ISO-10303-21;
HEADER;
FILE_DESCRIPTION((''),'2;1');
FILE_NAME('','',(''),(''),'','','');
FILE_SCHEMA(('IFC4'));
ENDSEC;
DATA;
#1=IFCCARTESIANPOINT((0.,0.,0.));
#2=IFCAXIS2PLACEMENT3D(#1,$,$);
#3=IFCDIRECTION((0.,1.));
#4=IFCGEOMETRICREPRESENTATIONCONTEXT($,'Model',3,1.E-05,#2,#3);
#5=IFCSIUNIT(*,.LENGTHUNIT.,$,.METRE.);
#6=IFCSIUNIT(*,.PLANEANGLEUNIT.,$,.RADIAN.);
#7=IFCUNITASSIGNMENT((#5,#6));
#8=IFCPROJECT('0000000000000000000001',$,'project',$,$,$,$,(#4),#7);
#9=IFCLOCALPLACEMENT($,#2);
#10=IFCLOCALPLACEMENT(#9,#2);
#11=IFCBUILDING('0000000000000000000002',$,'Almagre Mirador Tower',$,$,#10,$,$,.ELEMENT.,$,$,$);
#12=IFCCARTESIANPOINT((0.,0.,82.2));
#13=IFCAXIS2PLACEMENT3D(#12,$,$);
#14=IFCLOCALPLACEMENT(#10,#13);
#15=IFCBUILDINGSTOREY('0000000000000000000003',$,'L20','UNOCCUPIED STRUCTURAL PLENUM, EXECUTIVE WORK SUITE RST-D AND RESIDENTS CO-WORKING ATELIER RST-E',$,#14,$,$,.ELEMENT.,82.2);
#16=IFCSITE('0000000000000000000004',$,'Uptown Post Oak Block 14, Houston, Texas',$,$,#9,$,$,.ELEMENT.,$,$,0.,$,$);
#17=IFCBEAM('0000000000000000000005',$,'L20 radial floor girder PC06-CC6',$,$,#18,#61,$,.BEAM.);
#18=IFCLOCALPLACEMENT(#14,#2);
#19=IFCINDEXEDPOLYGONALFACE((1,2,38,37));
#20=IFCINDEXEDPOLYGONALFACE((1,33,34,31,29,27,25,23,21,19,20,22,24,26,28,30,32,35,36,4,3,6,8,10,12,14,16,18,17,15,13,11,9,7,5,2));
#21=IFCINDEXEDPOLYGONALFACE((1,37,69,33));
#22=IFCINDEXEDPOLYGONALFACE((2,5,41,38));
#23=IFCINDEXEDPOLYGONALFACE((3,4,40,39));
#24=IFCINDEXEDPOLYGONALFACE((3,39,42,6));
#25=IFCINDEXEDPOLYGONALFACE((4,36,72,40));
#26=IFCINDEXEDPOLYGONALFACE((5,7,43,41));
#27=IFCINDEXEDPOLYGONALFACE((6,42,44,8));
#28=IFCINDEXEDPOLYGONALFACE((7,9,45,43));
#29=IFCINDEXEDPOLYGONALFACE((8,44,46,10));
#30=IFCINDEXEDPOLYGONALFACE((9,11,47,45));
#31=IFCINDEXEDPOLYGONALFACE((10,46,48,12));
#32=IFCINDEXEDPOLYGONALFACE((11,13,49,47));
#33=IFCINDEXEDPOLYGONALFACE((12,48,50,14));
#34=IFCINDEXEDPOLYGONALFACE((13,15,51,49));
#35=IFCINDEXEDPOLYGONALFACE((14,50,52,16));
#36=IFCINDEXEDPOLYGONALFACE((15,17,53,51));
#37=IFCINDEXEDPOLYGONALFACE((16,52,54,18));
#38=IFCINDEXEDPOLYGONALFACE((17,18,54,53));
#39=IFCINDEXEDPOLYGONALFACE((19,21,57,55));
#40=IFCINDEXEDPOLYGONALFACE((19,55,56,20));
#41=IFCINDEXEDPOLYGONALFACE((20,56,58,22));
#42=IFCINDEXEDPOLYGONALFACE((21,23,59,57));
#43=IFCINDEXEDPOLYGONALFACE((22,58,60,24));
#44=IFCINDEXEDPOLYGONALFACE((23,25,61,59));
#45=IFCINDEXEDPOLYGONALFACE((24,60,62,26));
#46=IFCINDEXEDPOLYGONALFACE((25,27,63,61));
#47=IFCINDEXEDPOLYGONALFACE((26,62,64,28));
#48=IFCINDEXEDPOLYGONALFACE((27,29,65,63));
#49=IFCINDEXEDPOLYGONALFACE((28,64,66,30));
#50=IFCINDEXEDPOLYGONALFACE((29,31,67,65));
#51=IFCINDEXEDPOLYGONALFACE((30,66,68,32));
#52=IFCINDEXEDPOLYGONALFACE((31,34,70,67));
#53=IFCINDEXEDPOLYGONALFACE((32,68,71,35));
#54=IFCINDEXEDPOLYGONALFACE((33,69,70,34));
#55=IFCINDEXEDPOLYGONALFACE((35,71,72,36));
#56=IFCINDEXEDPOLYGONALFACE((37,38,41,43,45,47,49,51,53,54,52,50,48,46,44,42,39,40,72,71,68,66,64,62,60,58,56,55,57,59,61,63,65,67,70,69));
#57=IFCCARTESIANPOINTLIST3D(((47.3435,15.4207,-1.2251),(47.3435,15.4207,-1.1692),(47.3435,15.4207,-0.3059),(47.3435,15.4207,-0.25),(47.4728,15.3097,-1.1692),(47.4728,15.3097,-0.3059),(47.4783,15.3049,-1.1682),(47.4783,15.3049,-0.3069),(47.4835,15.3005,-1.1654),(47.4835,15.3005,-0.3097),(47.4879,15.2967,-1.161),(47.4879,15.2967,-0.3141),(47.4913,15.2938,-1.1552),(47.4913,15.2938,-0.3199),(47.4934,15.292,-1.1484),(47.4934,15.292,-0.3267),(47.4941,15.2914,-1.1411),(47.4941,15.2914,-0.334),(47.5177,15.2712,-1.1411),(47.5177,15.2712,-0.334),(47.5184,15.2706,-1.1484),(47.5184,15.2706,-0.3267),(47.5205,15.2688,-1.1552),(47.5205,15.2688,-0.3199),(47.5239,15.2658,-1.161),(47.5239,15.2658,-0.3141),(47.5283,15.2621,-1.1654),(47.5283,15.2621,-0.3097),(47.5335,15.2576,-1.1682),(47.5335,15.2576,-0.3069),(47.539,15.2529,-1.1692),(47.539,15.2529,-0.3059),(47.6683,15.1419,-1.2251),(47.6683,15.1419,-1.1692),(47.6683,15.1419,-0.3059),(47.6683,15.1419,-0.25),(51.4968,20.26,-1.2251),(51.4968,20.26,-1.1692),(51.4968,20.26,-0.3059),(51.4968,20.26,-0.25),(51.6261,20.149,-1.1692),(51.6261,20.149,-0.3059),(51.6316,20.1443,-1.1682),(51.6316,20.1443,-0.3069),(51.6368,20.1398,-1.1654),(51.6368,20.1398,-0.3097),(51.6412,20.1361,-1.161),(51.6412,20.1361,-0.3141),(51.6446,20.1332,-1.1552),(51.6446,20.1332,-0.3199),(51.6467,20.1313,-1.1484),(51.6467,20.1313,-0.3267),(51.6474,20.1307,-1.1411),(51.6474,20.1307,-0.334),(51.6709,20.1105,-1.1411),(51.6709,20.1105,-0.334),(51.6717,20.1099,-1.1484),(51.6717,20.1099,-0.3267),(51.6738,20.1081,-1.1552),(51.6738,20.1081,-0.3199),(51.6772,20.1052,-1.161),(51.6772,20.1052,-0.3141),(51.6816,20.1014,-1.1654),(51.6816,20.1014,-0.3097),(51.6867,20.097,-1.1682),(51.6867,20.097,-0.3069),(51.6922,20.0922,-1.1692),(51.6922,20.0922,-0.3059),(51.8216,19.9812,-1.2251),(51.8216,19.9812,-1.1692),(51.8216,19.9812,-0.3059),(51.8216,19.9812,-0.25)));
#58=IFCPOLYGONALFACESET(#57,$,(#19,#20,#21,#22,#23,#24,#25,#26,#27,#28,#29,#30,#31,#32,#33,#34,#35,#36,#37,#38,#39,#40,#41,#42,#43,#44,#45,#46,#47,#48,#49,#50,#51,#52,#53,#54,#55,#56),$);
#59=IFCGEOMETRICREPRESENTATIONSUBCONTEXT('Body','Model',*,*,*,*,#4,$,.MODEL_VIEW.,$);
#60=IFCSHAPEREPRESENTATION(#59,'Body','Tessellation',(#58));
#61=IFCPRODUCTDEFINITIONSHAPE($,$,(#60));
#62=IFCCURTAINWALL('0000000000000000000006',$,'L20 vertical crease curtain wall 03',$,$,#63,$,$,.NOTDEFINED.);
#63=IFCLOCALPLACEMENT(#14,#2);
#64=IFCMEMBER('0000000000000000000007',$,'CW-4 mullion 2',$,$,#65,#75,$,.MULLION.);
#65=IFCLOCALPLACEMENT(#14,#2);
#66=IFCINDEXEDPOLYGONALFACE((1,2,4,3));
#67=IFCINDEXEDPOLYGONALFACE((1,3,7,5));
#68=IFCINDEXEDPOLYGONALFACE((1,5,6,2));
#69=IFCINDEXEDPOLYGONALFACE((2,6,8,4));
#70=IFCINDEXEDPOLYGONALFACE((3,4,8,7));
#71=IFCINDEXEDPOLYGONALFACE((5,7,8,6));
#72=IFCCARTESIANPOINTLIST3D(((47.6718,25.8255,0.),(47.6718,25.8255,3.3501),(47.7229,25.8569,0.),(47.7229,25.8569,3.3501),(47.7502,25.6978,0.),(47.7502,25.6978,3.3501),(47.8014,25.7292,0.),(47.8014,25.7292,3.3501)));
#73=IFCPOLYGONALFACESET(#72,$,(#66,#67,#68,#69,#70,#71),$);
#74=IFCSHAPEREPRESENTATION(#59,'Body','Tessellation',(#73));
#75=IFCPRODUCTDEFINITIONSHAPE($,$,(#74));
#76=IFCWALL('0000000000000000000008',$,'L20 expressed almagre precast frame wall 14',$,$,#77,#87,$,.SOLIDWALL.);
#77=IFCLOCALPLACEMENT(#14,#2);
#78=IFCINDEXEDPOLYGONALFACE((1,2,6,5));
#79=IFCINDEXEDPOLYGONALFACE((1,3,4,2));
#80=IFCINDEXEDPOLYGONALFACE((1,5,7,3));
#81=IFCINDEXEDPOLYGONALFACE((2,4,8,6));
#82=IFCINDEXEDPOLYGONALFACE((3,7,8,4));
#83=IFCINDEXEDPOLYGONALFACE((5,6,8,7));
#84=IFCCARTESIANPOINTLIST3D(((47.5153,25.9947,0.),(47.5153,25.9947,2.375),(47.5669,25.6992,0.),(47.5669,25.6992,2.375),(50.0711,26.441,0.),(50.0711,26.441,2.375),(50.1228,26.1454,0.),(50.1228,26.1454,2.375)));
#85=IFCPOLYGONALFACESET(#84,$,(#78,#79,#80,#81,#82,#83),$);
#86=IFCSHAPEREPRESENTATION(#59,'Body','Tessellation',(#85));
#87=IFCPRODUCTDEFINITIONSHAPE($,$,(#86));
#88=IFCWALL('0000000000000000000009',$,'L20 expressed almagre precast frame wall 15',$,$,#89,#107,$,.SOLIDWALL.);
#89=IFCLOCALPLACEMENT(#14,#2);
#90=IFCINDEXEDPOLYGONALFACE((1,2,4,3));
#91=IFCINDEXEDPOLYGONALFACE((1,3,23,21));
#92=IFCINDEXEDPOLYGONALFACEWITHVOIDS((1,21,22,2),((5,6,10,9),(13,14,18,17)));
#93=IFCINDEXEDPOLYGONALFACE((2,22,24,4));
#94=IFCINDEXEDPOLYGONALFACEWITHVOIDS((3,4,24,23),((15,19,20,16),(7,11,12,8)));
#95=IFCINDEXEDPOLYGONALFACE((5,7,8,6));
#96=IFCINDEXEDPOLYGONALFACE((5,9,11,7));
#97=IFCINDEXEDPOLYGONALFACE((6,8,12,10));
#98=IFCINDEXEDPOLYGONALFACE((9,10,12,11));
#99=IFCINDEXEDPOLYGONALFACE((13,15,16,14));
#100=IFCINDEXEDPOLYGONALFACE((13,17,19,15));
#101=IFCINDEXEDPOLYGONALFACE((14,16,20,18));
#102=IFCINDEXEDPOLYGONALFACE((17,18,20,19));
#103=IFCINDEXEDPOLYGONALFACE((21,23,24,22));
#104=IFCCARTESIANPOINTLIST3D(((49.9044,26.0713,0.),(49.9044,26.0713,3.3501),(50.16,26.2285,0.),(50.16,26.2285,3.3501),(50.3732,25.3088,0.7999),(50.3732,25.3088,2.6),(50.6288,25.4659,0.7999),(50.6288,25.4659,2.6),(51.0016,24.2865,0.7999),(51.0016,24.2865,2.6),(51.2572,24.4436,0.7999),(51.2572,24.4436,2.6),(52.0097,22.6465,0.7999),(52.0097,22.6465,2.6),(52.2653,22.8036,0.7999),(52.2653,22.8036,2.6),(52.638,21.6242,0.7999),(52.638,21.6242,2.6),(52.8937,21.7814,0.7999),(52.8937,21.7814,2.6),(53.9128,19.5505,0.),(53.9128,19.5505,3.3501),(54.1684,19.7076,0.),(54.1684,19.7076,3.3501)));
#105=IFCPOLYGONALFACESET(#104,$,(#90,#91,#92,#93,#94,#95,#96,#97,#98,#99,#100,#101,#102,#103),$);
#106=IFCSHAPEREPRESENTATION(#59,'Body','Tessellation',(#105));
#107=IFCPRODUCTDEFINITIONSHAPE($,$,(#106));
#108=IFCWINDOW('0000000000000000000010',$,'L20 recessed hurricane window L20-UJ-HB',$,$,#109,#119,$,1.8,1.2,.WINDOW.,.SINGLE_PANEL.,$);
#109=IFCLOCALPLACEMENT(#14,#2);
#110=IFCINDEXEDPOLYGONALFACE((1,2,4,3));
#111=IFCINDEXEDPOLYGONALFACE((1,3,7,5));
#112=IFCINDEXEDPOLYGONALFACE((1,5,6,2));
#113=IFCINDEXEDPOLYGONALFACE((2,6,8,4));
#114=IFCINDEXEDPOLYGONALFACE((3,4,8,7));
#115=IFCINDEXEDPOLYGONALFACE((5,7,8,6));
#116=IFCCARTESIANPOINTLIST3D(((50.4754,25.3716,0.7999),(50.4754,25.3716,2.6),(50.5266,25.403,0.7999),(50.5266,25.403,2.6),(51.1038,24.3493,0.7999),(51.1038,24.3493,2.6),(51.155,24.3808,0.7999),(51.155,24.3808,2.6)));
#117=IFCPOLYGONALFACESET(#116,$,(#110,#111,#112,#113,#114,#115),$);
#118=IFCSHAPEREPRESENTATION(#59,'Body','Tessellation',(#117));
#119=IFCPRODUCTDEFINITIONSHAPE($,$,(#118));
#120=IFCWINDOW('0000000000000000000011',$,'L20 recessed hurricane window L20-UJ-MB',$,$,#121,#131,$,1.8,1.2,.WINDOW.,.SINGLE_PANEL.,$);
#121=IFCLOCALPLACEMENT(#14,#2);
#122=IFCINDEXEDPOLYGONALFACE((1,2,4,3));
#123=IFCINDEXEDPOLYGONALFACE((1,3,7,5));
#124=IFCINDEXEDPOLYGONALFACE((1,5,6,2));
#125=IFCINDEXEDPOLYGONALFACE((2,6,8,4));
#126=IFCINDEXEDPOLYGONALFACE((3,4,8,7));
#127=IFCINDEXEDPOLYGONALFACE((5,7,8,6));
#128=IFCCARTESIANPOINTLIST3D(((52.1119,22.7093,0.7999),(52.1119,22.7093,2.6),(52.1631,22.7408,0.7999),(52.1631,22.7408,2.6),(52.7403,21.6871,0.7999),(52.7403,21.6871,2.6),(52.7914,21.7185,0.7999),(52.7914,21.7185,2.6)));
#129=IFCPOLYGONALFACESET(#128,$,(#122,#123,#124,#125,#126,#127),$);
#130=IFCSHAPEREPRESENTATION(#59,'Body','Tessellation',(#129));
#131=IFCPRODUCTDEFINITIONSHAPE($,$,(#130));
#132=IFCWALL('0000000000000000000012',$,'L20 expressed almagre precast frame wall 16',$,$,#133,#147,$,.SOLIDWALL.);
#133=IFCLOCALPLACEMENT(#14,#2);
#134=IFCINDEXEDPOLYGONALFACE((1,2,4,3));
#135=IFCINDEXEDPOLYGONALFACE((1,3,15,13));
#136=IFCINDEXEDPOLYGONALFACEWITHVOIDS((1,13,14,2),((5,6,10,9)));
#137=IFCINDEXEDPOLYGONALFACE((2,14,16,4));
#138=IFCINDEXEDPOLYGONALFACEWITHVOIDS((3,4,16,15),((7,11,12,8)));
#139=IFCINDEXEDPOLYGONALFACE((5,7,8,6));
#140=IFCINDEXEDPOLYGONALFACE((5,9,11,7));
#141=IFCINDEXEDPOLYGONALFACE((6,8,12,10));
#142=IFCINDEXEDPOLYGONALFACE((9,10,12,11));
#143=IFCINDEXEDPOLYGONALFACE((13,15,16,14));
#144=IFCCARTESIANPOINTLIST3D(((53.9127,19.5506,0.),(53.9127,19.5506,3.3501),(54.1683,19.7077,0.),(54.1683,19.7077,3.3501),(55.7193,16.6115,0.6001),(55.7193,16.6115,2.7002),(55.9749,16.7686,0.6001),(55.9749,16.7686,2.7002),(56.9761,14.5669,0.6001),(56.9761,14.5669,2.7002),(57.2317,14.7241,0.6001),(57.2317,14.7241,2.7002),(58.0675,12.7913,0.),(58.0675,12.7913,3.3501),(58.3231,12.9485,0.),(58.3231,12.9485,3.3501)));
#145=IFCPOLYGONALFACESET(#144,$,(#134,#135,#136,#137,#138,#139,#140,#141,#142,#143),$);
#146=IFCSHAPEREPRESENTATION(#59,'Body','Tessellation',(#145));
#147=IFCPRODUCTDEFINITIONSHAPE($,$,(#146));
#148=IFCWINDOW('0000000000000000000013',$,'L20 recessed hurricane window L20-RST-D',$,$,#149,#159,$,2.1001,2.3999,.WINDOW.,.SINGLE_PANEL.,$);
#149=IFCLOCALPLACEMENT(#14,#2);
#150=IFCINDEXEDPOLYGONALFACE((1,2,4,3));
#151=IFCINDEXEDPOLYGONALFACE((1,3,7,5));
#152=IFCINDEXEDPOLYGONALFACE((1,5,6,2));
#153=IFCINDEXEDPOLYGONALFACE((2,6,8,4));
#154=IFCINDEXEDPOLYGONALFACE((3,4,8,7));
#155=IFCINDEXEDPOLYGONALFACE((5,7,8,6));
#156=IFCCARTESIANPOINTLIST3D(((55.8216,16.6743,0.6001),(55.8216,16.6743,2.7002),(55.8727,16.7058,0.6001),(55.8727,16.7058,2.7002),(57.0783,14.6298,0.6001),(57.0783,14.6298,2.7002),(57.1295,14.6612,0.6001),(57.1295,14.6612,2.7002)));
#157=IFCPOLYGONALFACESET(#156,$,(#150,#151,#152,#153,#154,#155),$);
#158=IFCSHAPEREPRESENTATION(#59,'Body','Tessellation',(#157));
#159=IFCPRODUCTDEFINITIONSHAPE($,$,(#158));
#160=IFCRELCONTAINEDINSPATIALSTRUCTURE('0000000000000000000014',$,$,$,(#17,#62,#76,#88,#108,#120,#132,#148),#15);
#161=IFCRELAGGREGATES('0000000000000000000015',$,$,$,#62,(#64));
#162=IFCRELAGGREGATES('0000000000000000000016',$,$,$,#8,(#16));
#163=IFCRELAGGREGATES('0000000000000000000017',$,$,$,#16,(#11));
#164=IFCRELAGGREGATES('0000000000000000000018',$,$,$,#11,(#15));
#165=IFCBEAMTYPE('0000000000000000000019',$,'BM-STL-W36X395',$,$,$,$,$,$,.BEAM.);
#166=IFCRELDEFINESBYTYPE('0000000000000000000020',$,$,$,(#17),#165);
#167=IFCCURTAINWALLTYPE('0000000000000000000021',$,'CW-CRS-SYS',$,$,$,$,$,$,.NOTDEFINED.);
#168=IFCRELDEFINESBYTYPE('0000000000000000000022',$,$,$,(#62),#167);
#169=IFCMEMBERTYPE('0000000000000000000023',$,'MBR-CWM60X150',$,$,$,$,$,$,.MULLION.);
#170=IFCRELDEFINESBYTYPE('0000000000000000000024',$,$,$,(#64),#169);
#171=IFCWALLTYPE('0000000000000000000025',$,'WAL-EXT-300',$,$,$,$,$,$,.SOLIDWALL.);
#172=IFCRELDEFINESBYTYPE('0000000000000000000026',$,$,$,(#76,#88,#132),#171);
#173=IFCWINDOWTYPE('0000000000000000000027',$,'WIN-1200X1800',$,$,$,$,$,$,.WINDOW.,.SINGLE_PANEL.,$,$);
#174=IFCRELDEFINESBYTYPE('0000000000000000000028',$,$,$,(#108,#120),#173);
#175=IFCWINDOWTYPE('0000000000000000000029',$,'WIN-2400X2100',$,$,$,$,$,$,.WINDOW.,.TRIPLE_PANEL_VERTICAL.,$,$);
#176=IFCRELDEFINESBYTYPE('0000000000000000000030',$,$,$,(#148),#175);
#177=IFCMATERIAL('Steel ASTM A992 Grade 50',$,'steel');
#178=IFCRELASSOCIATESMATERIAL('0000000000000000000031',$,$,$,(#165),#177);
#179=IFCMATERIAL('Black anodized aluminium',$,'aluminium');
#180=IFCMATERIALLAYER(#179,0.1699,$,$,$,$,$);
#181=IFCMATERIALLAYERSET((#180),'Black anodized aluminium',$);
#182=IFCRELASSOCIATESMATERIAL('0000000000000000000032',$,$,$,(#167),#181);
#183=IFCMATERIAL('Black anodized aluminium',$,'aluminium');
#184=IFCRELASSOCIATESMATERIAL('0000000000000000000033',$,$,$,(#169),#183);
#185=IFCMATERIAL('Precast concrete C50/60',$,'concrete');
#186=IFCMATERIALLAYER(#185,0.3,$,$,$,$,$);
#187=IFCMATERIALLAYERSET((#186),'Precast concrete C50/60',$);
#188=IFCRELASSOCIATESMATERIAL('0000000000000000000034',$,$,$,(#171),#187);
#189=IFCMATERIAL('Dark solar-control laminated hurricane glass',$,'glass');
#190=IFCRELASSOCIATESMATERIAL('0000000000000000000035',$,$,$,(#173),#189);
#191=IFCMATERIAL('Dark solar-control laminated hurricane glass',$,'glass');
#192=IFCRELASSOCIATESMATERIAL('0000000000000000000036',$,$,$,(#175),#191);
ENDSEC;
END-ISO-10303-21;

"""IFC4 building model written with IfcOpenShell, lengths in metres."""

from ifc_helpers import new_model, si_unit, direction, frame, frame_2d, origin, origin_2d, place, context, subcontext, project, spatial, rectangle, i_section, extrude, material, layer, layer_set, material_profile, profile_set, type_object, element, fill, aggregate, save


model = new_model("IFC4")

# Units and contexts
model_context = context("Model", 3, precision=1e-05, world=origin(), true_north=direction((0.0, 1.0)))
body_context = subcontext(model_context, "Body", "Model", "MODEL_VIEW")
ifc_project = project(units=[si_unit("LENGTHUNIT", "METRE"), si_unit("PLANEANGLEUNIT", "RADIAN")], contexts=[model_context])

# Site, building, storey
site_placement = place(None, origin())
site = spatial("IfcSite", under=ifc_project, at=site_placement, Name="Uptown Post Oak Block 14, Houston, Texas", CompositionType="ELEMENT", RefElevation=0.0)
building_placement = place(site_placement, origin())
building = spatial("IfcBuilding", under=site, at=building_placement, Name="Almagre Mirador Tower", CompositionType="ELEMENT")
storey_placement = place(building_placement, frame((0.0, 0.0, 82.2)))
storey = spatial("IfcBuildingStorey", under=building, at=storey_placement, Name="L20", Description="UNOCCUPIED STRUCTURAL PLENUM, EXECUTIVE WORK SUITE RST-D AND RESIDENTS CO-WORKING ATELIER RST-E", CompositionType="ELEMENT", Elevation=82.2)

# Beam
ifc_material_1 = material(Name="Steel ASTM A992 Grade 50", Category="steel")
ifc_material_profile_1 = material_profile(ifc_material_1, i_section(OverallWidth=0.428, OverallDepth=0.9751, WebThickness=0.031, FlangeThickness=0.0559, FilletRadius=0.0281, at=origin_2d()), Name="W36X395")
ifc_profile_set_1 = profile_set([ifc_material_profile_1], Name="Steel ASTM A992 Grade 50")
beam_type_1 = type_object("IfcBeamType", Name="BM-STL-W36X395", PredefinedType="BEAM", material=ifc_profile_set_1)
beam_1_placement = place(storey_placement, frame((51.6592, 20.1206, -0.7375), z_axis=(-0.65127, -0.758846, 0.0), x_axis=(0.758846, -0.65127, 0.0)))
element("IfcBeam", 1, at=beam_1_placement, inside=storey, type_object=beam_type_1, Name="L20 radial floor girder PC06-CC6", PredefinedType="BEAM", context=body_context, shape_type="SweptSolid", body=[
    extrude(i_section(OverallWidth=0.428, OverallDepth=0.9751, WebThickness=0.031, FlangeThickness=0.0559, FilletRadius=0.0281, at=origin_2d()), origin(), (0.0, 0.0, 1.0), 6.3772),
])

# Curtain wall, member
ifc_material_2 = material(Name="Black anodized aluminium", Category="aluminium")
ifc_layer_1 = layer(ifc_material_2, 0.1699)
ifc_layer_set_1 = layer_set([ifc_layer_1], Name="Black anodized aluminium")
curtain_wall_type = type_object("IfcCurtainWallType", Name="CW-CRS-SYS", PredefinedType="NOTDEFINED", material=ifc_layer_set_1)
curtain_wall_placement = place(storey_placement, origin())
curtain_wall = element("IfcCurtainWall", 2, at=curtain_wall_placement, inside=storey, type_object=curtain_wall_type, Name="L20 vertical crease curtain wall 03", PredefinedType="NOTDEFINED")
ifc_material_3 = material(Name="Black anodized aluminium", Category="aluminium")
ifc_material_profile_2 = material_profile(ifc_material_3, rectangle(XDim=0.0601, YDim=0.1499, at=origin_2d()), Name="CWM60X150")
ifc_profile_set_2 = profile_set([ifc_material_profile_2], Name="Black anodized aluminium")
member_type = type_object("IfcMemberType", Name="MBR-CWM60X150", PredefinedType="MULLION", material=ifc_profile_set_2)
member_placement = place(storey_placement, frame((47.7366, 25.7773, 0.0), z_axis=(0.0, 0.0, 1.0), x_axis=(0.852078, 0.523415, 0.0)))
member = element("IfcMember", 3, at=member_placement, type_object=member_type, Name="CW-4 mullion 2", PredefinedType="MULLION", context=body_context, shape_type="SweptSolid", body=[
    extrude(rectangle(XDim=0.0601, YDim=0.1499, at=origin_2d()), origin(), (0.0, 0.0, 1.0), 3.3501),
])
aggregate(curtain_wall, [member])

# Wall
ifc_material_4 = material(Name="Precast concrete C50/60", Category="concrete")
ifc_layer_2 = layer(ifc_material_4, 0.3)
ifc_layer_set_2 = layer_set([ifc_layer_2], Name="Precast concrete C50/60")
wall_type_1 = type_object("IfcWallType", Name="WAL-EXT-300", PredefinedType="SOLIDWALL", material=ifc_layer_set_2)
wall_1_placement = place(storey_placement, frame((47.541, 25.8469, 0.0), z_axis=(0.0, 0.0, 1.0), x_axis=(0.985096, 0.172008, 0.0)))
element("IfcWall", 4, at=wall_1_placement, inside=storey, type_object=wall_type_1, Name="L20 expressed almagre precast frame wall 14", PredefinedType="SOLIDWALL", context=body_context, shape_type="SweptSolid", body=[
    extrude(rectangle(XDim=2.5945, YDim=0.3, at=frame_2d((1.2974, 0.0))), origin(), (0.0, 0.0, 1.0), 2.375),
])

# Wall, openings, windows
wall_2_placement = place(storey_placement, frame((50.0322, 26.1499, 0.0), z_axis=(0.0, 0.0, 1.0), x_axis=(0.523674, -0.851919, 0.0)))
wall_2 = element("IfcWall", 5, at=wall_2_placement, inside=storey, type_object=wall_type_1, Name="L20 expressed almagre precast frame wall 15", PredefinedType="SOLIDWALL", context=body_context, shape_type="SweptSolid", body=[
    extrude(rectangle(XDim=7.6543, YDim=0.3, at=frame_2d((3.8271, 0.0))), origin(), (0.0, 0.0, 1.0), 3.3501),
])
opening_1_placement = place(wall_2_placement, frame((0.895, 0.0, 0.8)))
opening_1 = element("IfcOpeningElement", 6, at=opening_1_placement, cuts=wall_2, PredefinedType="OPENING", context=body_context, shape_type="SweptSolid", body=[
    extrude(rectangle(XDim=1.2, YDim=1.8, at=frame_2d((0.6001, 0.8999))), frame((0.0, 0.1599, 0.0), z_axis=(0.0, -1.0, 0.0), x_axis=(1.0, 0.0, 0.0)), (0.0, 0.0, 1.0), 0.32),
])
opening_2_placement = place(wall_2_placement, frame((4.02, 0.0, 0.8)))
opening_2 = element("IfcOpeningElement", 7, at=opening_2_placement, cuts=wall_2, PredefinedType="OPENING", context=body_context, shape_type="SweptSolid", body=[
    extrude(rectangle(XDim=1.2, YDim=1.8, at=frame_2d((0.6001, 0.8999))), frame((0.0, 0.1599, 0.0), z_axis=(0.0, -1.0, 0.0), x_axis=(1.0, 0.0, 0.0)), (0.0, 0.0, 1.0), 0.32),
])
ifc_material_5 = material(Name="Dark solar-control laminated hurricane glass", Category="glass")
window_type_1 = type_object("IfcWindowType", Name="WIN-1200X1800", PartitioningType="SINGLE_PANEL", PredefinedType="WINDOW", material=ifc_material_5)
window_1_placement = place(opening_1_placement, origin())
window_1 = element("IfcWindow", 8, at=window_1_placement, inside=storey, type_object=window_type_1, Name="L20 recessed hurricane window L20-UJ-HB", OverallHeight=1.8, OverallWidth=1.2, PartitioningType="SINGLE_PANEL", PredefinedType="WINDOW", context=body_context, shape_type="SweptSolid", body=[
    extrude(rectangle(XDim=1.2, YDim=1.8, at=frame_2d((0.6001, 0.8999))), frame((0.0, 0.03, 0.0), z_axis=(0.0, -1.0, 0.0), x_axis=(1.0, 0.0, 0.0)), (0.0, 0.0, 1.0), 0.0601),
])
fill(opening_1, window_1)
window_2_placement = place(opening_2_placement, origin())
window_2 = element("IfcWindow", 9, at=window_2_placement, inside=storey, type_object=window_type_1, Name="L20 recessed hurricane window L20-UJ-MB", OverallHeight=1.8, OverallWidth=1.2, PartitioningType="SINGLE_PANEL", PredefinedType="WINDOW", context=body_context, shape_type="SweptSolid", body=[
    extrude(rectangle(XDim=1.2, YDim=1.8, at=frame_2d((0.6001, 0.8999))), frame((0.0, 0.03, 0.0), z_axis=(0.0, -1.0, 0.0), x_axis=(1.0, 0.0, 0.0)), (0.0, 0.0, 1.0), 0.0601),
])
fill(opening_2, window_2)

# Wall, opening, window
wall_3_placement = place(storey_placement, frame((54.0405, 19.6292, 0.0), z_axis=(0.0, 0.0, 1.0), x_axis=(0.523661, -0.851927, 0.0)))
wall_3 = element("IfcWall", 10, at=wall_3_placement, inside=storey, type_object=wall_type_1, Name="L20 expressed almagre precast frame wall 16", PredefinedType="SOLIDWALL", context=body_context, shape_type="SweptSolid", body=[
    extrude(rectangle(XDim=7.9341, YDim=0.3, at=frame_2d((3.967, 0.0))), origin(), (0.0, 0.0, 1.0), 3.3501),
])
opening_3_placement = place(wall_3_placement, frame((3.45, 0.0, 0.6001)))
opening_3 = element("IfcOpeningElement", 11, at=opening_3_placement, cuts=wall_3, PredefinedType="OPENING", context=body_context, shape_type="SweptSolid", body=[
    extrude(rectangle(XDim=2.3999, YDim=2.1001, at=frame_2d((1.2, 1.05))), frame((0.0, 0.1599, 0.0), z_axis=(0.0, -1.0, 0.0), x_axis=(1.0, 0.0, 0.0)), (0.0, 0.0, 1.0), 0.32),
])
ifc_material_6 = material(Name="Dark solar-control laminated hurricane glass", Category="glass")
window_type_2 = type_object("IfcWindowType", Name="WIN-2400X2100", PartitioningType="TRIPLE_PANEL_VERTICAL", PredefinedType="WINDOW", material=ifc_material_6)
window_3_placement = place(opening_3_placement, origin())
window_3 = element("IfcWindow", 12, at=window_3_placement, inside=storey, type_object=window_type_2, Name="L20 recessed hurricane window L20-RST-D", OverallHeight=2.1001, OverallWidth=2.3999, PartitioningType="SINGLE_PANEL", PredefinedType="WINDOW", context=body_context, shape_type="SweptSolid", body=[
    extrude(rectangle(XDim=2.3999, YDim=2.1001, at=frame_2d((1.2, 1.05))), frame((0.0, 0.03, 0.0), z_axis=(0.0, -1.0, 0.0), x_axis=(1.0, 0.0, 0.0)), (0.0, 0.0, 1.0), 0.0601),
])
fill(opening_3, window_3)

save(model, "model.ifc")
